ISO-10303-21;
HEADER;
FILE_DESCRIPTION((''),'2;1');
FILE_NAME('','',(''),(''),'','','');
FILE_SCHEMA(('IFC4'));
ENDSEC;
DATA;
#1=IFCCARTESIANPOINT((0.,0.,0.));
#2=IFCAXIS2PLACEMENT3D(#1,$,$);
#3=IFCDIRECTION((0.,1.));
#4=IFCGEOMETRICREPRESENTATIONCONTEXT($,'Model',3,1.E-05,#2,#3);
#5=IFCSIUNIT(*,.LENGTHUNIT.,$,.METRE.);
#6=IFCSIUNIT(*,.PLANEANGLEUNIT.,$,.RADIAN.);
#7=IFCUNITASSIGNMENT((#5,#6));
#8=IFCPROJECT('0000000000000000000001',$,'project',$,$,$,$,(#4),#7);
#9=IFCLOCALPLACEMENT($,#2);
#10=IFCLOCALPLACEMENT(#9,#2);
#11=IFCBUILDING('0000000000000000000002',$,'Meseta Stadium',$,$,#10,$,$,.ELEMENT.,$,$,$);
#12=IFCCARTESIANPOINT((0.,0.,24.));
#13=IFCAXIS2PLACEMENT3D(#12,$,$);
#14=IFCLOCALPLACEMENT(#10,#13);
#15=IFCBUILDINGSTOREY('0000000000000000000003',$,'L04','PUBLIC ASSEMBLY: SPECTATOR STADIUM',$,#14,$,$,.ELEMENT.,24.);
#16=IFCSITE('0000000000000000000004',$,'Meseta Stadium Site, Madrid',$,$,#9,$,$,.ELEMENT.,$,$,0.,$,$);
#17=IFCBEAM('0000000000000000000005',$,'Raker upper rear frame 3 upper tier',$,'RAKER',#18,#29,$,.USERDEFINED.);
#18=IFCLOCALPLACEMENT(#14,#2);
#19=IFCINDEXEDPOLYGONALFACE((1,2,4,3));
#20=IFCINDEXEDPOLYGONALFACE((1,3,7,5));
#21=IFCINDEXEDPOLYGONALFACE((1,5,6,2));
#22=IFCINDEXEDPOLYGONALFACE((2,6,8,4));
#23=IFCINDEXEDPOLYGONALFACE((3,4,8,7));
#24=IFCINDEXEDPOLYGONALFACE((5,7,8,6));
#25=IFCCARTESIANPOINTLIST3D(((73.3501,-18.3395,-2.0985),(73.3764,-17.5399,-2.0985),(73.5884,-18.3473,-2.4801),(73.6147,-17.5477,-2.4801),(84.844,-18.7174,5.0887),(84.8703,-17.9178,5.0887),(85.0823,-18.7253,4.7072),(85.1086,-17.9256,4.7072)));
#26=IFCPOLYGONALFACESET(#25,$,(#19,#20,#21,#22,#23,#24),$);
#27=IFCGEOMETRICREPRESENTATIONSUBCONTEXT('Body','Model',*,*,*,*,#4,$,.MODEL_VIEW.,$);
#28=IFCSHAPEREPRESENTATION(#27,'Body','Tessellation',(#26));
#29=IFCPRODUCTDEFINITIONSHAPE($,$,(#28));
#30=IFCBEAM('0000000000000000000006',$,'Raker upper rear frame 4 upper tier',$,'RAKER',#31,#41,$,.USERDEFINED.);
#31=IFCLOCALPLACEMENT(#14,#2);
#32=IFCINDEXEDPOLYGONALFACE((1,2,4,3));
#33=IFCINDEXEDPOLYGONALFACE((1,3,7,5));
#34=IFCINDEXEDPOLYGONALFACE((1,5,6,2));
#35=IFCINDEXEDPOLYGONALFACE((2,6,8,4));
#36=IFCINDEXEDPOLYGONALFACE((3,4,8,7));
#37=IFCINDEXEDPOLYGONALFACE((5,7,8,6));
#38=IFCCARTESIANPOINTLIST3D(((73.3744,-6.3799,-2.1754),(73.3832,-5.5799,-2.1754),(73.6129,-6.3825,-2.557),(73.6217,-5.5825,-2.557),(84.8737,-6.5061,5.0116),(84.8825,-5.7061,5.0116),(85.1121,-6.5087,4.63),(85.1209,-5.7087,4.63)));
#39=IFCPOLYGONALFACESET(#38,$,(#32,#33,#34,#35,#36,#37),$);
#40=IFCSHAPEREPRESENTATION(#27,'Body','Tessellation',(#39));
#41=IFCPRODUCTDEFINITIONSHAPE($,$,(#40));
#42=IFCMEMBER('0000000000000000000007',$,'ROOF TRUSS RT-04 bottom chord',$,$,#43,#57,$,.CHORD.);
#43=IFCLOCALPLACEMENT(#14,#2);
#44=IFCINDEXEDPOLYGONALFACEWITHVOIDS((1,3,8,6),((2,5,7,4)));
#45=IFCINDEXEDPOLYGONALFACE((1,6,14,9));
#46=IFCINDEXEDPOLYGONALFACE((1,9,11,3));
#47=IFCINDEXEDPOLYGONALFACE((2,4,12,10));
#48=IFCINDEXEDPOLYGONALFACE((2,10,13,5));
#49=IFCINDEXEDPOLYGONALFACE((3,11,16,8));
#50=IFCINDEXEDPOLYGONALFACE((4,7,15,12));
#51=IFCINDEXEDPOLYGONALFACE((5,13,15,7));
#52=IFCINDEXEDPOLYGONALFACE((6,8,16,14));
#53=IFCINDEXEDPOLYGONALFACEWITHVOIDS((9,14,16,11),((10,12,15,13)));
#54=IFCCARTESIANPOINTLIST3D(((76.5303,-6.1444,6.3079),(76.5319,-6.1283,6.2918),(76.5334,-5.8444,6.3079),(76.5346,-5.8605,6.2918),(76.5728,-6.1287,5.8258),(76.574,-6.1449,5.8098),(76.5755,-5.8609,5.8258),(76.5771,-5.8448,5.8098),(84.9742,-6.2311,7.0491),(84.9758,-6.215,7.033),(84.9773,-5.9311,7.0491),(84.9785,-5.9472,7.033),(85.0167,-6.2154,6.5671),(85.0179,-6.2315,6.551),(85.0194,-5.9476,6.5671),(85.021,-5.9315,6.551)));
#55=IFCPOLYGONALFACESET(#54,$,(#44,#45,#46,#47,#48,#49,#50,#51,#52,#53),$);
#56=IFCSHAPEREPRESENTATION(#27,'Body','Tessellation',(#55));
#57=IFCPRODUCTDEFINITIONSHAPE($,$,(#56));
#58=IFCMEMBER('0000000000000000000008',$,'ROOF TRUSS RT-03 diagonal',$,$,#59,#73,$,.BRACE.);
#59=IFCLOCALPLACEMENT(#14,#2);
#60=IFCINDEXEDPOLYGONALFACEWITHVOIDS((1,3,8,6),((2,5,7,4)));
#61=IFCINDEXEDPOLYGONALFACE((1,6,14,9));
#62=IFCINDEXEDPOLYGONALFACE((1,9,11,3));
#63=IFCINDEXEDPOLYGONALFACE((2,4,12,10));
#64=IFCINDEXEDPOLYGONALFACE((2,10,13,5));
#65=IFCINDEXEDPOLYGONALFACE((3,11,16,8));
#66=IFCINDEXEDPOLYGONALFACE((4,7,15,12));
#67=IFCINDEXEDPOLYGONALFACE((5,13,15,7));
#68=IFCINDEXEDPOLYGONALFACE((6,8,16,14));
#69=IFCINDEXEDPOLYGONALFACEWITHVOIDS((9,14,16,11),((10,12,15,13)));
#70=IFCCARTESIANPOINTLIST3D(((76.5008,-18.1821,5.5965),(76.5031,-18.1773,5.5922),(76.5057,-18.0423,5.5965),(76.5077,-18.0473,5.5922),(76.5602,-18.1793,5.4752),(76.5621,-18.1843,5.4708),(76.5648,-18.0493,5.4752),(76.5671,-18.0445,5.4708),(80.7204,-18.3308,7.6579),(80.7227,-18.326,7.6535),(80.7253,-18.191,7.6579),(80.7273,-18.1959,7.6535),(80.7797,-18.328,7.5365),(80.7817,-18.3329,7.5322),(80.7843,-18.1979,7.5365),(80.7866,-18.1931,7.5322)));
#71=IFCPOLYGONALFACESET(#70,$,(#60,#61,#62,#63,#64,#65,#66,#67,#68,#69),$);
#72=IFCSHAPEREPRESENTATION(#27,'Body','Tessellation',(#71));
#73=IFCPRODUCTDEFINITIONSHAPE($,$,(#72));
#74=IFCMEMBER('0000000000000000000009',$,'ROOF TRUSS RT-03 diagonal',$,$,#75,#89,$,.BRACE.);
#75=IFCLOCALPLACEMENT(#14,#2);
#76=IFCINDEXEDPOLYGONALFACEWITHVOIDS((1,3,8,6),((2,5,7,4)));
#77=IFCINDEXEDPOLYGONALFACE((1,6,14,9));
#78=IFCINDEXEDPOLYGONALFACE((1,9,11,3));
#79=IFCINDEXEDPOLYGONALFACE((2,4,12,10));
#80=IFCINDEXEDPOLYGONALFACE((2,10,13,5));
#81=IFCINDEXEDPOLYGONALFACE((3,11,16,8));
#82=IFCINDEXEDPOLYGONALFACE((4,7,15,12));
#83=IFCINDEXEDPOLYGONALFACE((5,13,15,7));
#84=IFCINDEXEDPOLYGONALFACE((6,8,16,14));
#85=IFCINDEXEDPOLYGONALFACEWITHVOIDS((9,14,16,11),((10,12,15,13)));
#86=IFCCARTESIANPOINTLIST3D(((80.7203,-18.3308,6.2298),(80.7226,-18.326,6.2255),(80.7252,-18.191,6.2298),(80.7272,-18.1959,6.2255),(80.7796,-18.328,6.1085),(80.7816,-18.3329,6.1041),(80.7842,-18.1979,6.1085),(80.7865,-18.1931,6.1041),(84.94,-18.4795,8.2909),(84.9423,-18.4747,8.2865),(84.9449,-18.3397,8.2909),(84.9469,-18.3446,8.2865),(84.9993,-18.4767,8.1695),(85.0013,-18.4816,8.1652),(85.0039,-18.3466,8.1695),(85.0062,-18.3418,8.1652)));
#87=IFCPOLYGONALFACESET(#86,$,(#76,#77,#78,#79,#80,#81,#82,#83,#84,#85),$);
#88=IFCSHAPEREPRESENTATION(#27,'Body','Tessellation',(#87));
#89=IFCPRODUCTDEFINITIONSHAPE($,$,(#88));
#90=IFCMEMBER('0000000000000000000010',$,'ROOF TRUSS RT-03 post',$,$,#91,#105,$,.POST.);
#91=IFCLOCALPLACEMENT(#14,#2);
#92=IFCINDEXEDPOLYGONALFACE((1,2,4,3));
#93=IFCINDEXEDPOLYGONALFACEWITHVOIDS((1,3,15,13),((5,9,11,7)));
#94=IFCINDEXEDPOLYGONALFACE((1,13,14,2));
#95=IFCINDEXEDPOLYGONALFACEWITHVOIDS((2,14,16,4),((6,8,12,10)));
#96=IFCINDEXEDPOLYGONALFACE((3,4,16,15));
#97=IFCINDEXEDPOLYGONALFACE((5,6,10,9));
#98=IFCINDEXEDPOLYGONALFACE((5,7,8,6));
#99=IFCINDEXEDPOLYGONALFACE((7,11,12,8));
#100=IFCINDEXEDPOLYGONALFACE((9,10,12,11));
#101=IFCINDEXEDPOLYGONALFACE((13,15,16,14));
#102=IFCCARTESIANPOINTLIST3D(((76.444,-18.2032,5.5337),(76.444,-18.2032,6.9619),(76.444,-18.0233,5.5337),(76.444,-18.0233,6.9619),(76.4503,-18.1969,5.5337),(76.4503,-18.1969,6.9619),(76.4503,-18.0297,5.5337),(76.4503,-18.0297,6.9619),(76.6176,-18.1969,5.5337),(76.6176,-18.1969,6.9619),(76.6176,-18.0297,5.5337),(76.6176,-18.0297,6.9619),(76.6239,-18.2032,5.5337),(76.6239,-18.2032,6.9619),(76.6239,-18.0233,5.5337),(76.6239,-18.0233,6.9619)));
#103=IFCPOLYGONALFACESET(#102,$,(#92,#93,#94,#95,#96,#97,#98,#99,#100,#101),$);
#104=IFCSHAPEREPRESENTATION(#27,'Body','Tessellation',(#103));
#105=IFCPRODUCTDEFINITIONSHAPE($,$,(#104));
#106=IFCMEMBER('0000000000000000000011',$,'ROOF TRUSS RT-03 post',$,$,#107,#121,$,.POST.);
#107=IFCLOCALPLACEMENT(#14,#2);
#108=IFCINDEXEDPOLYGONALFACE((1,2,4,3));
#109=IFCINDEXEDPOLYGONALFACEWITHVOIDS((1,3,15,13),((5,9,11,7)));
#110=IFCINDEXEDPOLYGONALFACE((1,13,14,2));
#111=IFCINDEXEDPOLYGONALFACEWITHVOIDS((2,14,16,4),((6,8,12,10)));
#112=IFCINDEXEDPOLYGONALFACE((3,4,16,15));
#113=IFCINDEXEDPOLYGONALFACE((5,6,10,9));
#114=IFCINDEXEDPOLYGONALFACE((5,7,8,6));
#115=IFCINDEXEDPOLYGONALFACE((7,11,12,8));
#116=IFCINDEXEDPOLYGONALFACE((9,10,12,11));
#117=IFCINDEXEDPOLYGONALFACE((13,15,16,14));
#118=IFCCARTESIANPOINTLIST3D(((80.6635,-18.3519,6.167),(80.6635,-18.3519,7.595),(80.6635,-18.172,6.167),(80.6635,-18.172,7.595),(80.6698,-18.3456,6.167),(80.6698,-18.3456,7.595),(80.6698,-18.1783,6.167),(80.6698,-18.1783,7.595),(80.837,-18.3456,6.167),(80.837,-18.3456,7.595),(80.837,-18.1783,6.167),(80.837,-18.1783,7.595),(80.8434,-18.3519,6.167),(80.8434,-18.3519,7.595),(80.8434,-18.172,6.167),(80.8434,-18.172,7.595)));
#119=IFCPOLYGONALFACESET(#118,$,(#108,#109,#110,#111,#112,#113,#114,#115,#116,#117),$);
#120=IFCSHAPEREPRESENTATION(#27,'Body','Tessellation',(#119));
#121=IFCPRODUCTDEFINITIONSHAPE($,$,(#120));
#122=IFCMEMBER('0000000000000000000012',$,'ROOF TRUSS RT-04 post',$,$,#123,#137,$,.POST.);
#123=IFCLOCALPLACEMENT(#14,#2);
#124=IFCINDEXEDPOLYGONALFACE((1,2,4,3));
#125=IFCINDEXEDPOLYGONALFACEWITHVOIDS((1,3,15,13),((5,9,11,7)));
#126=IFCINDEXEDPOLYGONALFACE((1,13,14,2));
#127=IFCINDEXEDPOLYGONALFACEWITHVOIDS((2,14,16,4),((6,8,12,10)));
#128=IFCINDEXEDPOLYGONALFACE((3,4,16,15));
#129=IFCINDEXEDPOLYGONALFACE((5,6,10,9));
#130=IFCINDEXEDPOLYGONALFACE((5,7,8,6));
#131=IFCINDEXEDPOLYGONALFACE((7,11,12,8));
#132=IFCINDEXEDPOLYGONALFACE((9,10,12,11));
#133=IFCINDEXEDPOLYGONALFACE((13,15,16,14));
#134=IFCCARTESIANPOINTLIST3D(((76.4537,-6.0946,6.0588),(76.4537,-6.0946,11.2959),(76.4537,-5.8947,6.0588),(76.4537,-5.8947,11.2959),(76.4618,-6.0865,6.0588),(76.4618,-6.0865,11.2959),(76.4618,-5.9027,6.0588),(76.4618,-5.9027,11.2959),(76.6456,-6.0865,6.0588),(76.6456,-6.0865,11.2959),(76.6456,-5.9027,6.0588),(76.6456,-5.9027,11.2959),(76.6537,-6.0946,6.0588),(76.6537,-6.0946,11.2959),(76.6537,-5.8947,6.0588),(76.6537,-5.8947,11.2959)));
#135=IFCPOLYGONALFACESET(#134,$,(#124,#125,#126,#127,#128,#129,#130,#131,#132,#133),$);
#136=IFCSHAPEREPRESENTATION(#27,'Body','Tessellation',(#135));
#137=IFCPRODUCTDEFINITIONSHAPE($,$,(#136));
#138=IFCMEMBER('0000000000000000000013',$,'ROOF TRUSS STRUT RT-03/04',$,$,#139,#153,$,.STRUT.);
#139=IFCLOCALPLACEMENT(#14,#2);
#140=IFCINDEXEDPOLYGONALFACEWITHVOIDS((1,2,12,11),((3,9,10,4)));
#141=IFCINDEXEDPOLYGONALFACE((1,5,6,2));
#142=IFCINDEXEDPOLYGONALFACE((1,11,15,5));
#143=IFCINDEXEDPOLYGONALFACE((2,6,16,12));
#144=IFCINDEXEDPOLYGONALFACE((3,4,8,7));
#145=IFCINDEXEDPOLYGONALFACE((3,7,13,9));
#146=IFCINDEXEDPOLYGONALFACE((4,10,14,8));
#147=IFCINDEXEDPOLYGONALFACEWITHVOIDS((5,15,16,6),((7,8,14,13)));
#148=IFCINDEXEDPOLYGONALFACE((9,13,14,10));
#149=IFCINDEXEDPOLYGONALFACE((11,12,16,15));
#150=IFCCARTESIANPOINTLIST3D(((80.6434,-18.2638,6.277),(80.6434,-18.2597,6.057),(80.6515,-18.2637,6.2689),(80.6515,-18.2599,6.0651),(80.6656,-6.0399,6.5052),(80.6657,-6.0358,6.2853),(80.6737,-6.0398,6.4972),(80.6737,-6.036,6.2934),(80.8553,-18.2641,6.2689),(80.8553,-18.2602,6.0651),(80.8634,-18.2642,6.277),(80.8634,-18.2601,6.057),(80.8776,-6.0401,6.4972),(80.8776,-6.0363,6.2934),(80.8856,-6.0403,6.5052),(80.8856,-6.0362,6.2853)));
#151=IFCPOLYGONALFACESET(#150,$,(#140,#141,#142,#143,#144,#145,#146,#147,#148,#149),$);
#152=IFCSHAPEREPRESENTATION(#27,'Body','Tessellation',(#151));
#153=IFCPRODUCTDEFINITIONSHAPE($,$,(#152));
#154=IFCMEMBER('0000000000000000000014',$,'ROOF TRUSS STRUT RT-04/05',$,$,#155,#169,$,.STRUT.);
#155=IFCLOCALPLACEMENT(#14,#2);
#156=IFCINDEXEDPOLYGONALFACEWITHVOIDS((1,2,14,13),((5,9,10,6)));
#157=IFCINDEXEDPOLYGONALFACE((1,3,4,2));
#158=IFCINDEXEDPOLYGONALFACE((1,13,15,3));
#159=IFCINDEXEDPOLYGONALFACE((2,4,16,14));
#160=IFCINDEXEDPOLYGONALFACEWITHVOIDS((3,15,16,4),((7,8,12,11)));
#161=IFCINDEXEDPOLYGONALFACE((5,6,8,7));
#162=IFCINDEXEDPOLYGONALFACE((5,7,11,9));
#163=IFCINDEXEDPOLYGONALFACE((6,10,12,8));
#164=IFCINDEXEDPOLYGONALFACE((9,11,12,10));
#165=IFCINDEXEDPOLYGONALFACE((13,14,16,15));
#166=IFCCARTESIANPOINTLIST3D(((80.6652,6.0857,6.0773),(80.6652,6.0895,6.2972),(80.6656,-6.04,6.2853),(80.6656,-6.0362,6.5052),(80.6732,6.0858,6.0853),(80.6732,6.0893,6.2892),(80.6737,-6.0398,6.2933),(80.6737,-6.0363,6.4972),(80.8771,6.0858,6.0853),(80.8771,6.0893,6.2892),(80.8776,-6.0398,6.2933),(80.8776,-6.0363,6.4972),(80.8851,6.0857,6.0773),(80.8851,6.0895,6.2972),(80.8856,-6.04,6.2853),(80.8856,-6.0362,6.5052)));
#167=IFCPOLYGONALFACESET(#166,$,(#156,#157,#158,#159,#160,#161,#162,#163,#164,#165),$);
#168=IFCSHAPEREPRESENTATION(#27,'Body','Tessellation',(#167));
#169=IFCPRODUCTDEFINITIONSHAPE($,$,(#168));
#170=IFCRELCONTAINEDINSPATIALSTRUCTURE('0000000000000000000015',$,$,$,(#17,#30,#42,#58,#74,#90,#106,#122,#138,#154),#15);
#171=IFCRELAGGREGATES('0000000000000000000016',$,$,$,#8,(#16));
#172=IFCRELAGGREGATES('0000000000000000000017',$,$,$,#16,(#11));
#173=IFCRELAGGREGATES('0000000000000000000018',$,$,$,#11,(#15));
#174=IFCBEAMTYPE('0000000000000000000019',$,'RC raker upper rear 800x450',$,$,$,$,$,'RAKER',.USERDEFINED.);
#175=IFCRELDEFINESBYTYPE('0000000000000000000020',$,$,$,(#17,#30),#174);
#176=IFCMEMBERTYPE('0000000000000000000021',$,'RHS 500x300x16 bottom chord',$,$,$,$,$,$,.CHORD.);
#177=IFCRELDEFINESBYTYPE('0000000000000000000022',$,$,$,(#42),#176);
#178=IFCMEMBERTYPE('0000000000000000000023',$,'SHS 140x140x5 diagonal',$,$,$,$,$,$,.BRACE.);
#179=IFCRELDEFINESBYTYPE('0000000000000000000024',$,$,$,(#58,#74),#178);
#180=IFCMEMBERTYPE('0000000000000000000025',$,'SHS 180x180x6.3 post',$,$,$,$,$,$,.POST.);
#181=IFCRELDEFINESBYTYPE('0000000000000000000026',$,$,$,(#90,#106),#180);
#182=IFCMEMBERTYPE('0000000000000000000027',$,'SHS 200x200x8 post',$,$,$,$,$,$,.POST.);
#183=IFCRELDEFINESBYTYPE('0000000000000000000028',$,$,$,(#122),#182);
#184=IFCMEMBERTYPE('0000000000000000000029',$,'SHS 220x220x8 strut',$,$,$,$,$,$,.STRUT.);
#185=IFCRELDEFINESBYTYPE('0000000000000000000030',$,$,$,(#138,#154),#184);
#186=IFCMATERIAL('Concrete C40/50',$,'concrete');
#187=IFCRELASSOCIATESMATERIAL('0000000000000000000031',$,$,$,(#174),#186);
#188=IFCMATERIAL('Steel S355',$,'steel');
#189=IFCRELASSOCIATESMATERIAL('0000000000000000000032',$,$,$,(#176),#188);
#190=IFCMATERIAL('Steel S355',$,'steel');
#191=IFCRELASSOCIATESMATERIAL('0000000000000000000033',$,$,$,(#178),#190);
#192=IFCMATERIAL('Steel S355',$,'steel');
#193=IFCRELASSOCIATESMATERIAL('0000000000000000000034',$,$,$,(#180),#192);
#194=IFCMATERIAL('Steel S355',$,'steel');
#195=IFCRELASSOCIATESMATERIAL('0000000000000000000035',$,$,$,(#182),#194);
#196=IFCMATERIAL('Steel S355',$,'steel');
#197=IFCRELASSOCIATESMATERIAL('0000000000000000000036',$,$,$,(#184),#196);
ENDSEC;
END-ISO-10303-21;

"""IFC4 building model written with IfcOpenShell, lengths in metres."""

from ifc_helpers import new_model, si_unit, direction, frame, origin, origin_2d, place, context, subcontext, project, spatial, rectangle, hollow_rectangle, extrude, material, material_profile, profile_set, type_object, element, save


model = new_model("IFC4")

# Units and contexts
model_context = context("Model", 3, precision=1e-05, world=origin(), true_north=direction((0.0, 1.0)))
body_context = subcontext(model_context, "Body", "Model", "MODEL_VIEW")
ifc_project = project(units=[si_unit("LENGTHUNIT", "METRE"), si_unit("PLANEANGLEUNIT", "RADIAN")], contexts=[model_context])

# Site, building, storey
site_placement = place(None, origin())
site = spatial("IfcSite", under=ifc_project, at=site_placement, Name="Meseta Stadium Site, Madrid", CompositionType="ELEMENT", RefElevation=0.0)
building_placement = place(site_placement, origin())
building = spatial("IfcBuilding", under=site, at=building_placement, Name="Meseta Stadium", CompositionType="ELEMENT")
storey_placement = place(building_placement, frame((0.0, 0.0, 24.0)))
storey = spatial("IfcBuildingStorey", under=building, at=storey_placement, Name="L04", Description="PUBLIC ASSEMBLY: SPECTATOR STADIUM", CompositionType="ELEMENT", Elevation=24.0)

# Beams
ifc_material_1 = material(Name="Concrete C40/50", Category="concrete")
ifc_material_profile_1 = material_profile(ifc_material_1, rectangle(XDim=0.8, YDim=0.45, at=origin_2d()), Name="RC 800x450")
ifc_profile_set_1 = profile_set([ifc_material_profile_1], Name="Concrete C40/50")
beam_type = type_object("IfcBeamType", Name="RC raker upper rear 800x450", ElementType="RAKER", PredefinedType="USERDEFINED", material=ifc_profile_set_1)
beam_1_placement = place(storey_placement, frame((73.4824, -17.9436, -2.2893), z_axis=(0.847551, -0.027868, 0.529982), x_axis=(0.032863, 0.99946, 0.0)))
element("IfcBeam", 1, at=beam_1_placement, inside=storey, type_object=beam_type, Name="Raker upper rear frame 3 upper tier", ObjectType="RAKER", PredefinedType="USERDEFINED", context=body_context, shape_type="SweptSolid", body=[
    extrude(rectangle(XDim=0.8, YDim=0.45, at=origin_2d()), origin(), (0.0, 0.0, 1.0), 13.5613),
])
beam_2_placement = place(storey_placement, frame((73.498, -5.9812, -2.3662), z_axis=(0.847963, -0.009308, 0.529974), x_axis=(0.010976, 0.99994, 0.0)))
element("IfcBeam", 2, at=beam_2_placement, inside=storey, type_object=beam_type, Name="Raker upper rear frame 4 upper tier", ObjectType="RAKER", PredefinedType="USERDEFINED", context=body_context, shape_type="SweptSolid", body=[
    extrude(rectangle(XDim=0.8, YDim=0.45, at=origin_2d()), origin(), (0.0, 0.0, 1.0), 13.561),
])

# Members
ifc_material_2 = material(Name="Steel S355", Category="steel")
ifc_material_profile_2 = material_profile(ifc_material_2, hollow_rectangle(XDim=0.3, YDim=0.5, WallThickness=0.0161, at=origin_2d()), Name="RHS 500x300x16")
ifc_profile_set_2 = profile_set([ifc_material_profile_2], Name="Steel S355")
member_type_1 = type_object("IfcMemberType", Name="RHS 500x300x16 bottom chord", PredefinedType="CHORD", material=ifc_profile_set_2)
member_1_placement = place(storey_placement, frame((76.5537, -5.9946, 6.0588), z_axis=(0.996117, -0.010224, 0.08744), x_axis=(0.010264, 0.999947, 0.0)))
element("IfcMember", 3, at=member_1_placement, inside=storey, type_object=member_type_1, Name="ROOF TRUSS RT-04 bottom chord", PredefinedType="CHORD", context=body_context, shape_type="SweptSolid", body=[
    extrude(hollow_rectangle(XDim=0.3, YDim=0.5, WallThickness=0.0161, at=origin_2d()), origin(), (0.0, 0.0, 1.0), 8.4768),
])
ifc_material_3 = material(Name="Steel S355", Category="steel")
ifc_material_profile_3 = material_profile(ifc_material_3, hollow_rectangle(XDim=0.1399, YDim=0.1399, WallThickness=0.0049, at=origin_2d()), Name="SHS 140x140x5")
ifc_profile_set_3 = profile_set([ifc_material_profile_3], Name="Steel S355")
member_type_2 = type_object("IfcMemberType", Name="SHS 140x140x5 diagonal", PredefinedType="BRACE", material=ifc_profile_set_3)
for number, where, z_axis, x_axis, name in (
    (4, (76.5339, -18.1133, 5.5337), (0.898067, -0.031645, 0.438719), (0.035215, 0.99938, 0.0), "ROOF TRUSS RT-03 diagonal"),
    (5, (80.7534, -18.262, 6.167), (0.898097, -0.031644, 0.438657), (0.035213, 0.99938, 0.0), "ROOF TRUSS RT-03 diagonal"),
):
    element("IfcMember", number, at=place(storey_placement, frame(where, z_axis=z_axis, x_axis=x_axis)), inside=storey, type_object=member_type_2, Name=name, PredefinedType="BRACE", context=body_context, shape_type="SweptSolid", body=[
        extrude(hollow_rectangle(XDim=0.1399, YDim=0.1399, WallThickness=0.0049, at=origin_2d()), origin(), (0.0, 0.0, 1.0), 4.6985),
    ])
ifc_material_4 = material(Name="Steel S355", Category="steel")
ifc_material_profile_4 = material_profile(ifc_material_4, hollow_rectangle(XDim=0.1799, YDim=0.1799, WallThickness=0.0063, at=origin_2d()), Name="SHS 180x180x6.3")
ifc_profile_set_4 = profile_set([ifc_material_profile_4], Name="Steel S355")
member_type_3 = type_object("IfcMemberType", Name="SHS 180x180x6.3 post", PredefinedType="POST", material=ifc_profile_set_4)
member_2_placement = place(storey_placement, frame((76.5339, -18.1133, 5.5337), z_axis=(0.0, 0.0, 1.0), x_axis=(1.0, 0.0, 0.0)))
element("IfcMember", 6, at=member_2_placement, inside=storey, type_object=member_type_3, Name="ROOF TRUSS RT-03 post", PredefinedType="POST", context=body_context, shape_type="SweptSolid", body=[
    extrude(hollow_rectangle(XDim=0.1799, YDim=0.1799, WallThickness=0.0063, at=origin_2d()), origin(), (0.0, 0.0, 1.0), 1.4282),
])
member_3_placement = place(storey_placement, frame((80.7534, -18.262, 6.167), z_axis=(0.0, 0.0, 1.0), x_axis=(1.0, 0.0, 0.0)))
element("IfcMember", 7, at=member_3_placement, inside=storey, type_object=member_type_3, Name="ROOF TRUSS RT-03 post", PredefinedType="POST", context=body_context, shape_type="SweptSolid", body=[
    extrude(hollow_rectangle(XDim=0.1799, YDim=0.1799, WallThickness=0.0063, at=origin_2d()), origin(), (0.0, 0.0, 1.0), 1.428),
])
ifc_material_5 = material(Name="Steel S355", Category="steel")
ifc_material_profile_5 = material_profile(ifc_material_5, hollow_rectangle(XDim=0.2, YDim=0.2, WallThickness=0.0081, at=origin_2d()), Name="SHS 200x200x8")
ifc_profile_set_5 = profile_set([ifc_material_profile_5], Name="Steel S355")
member_type_4 = type_object("IfcMemberType", Name="SHS 200x200x8 post", PredefinedType="POST", material=ifc_profile_set_5)
member_4_placement = place(storey_placement, frame((76.5537, -5.9946, 6.0588), z_axis=(0.0, 0.0, 1.0), x_axis=(1.0, 0.0, 0.0)))
element("IfcMember", 8, at=member_4_placement, inside=storey, type_object=member_type_4, Name="ROOF TRUSS RT-04 post", PredefinedType="POST", context=body_context, shape_type="SweptSolid", body=[
    extrude(hollow_rectangle(XDim=0.2, YDim=0.2, WallThickness=0.0081, at=origin_2d()), origin(), (0.0, 0.0, 1.0), 5.2371),
])
ifc_material_6 = material(Name="Steel S355", Category="steel")
ifc_material_profile_6 = material_profile(ifc_material_6, hollow_rectangle(XDim=0.22, YDim=0.22, WallThickness=0.0081, at=origin_2d()), Name="SHS 220x220x8")
ifc_profile_set_6 = profile_set([ifc_material_profile_6], Name="Steel S355")
member_type_5 = type_object("IfcMemberType", Name="SHS 220x220x8 strut", PredefinedType="STRUT", material=ifc_profile_set_6)
member_5_placement = place(storey_placement, frame((80.7534, -18.262, 6.167), z_axis=(0.001817, 0.999824, 0.018671), x_axis=(-0.999998, 0.001817, 0.0)))
element("IfcMember", 9, at=member_5_placement, inside=storey, type_object=member_type_5, Name="ROOF TRUSS STRUT RT-03/04", PredefinedType="STRUT", context=body_context, shape_type="SweptSolid", body=[
    extrude(hollow_rectangle(XDim=0.22, YDim=0.22, WallThickness=0.0081, at=origin_2d()), origin(), (0.0, 0.0, 1.0), 12.2261),
])
member_6_placement = place(storey_placement, frame((80.7756, -6.0381, 6.3953), z_axis=(-0.00004, 0.999853, -0.017152), x_axis=(-1.0, -0.00004, 0.0)))
element("IfcMember", 10, at=member_6_placement, inside=storey, type_object=member_type_5, Name="ROOF TRUSS STRUT RT-04/05", PredefinedType="STRUT", context=body_context, shape_type="SweptSolid", body=[
    extrude(hollow_rectangle(XDim=0.22, YDim=0.22, WallThickness=0.0081, at=origin_2d()), origin(), (0.0, 0.0, 1.0), 12.1274),
])

save(model, "model.ifc")
